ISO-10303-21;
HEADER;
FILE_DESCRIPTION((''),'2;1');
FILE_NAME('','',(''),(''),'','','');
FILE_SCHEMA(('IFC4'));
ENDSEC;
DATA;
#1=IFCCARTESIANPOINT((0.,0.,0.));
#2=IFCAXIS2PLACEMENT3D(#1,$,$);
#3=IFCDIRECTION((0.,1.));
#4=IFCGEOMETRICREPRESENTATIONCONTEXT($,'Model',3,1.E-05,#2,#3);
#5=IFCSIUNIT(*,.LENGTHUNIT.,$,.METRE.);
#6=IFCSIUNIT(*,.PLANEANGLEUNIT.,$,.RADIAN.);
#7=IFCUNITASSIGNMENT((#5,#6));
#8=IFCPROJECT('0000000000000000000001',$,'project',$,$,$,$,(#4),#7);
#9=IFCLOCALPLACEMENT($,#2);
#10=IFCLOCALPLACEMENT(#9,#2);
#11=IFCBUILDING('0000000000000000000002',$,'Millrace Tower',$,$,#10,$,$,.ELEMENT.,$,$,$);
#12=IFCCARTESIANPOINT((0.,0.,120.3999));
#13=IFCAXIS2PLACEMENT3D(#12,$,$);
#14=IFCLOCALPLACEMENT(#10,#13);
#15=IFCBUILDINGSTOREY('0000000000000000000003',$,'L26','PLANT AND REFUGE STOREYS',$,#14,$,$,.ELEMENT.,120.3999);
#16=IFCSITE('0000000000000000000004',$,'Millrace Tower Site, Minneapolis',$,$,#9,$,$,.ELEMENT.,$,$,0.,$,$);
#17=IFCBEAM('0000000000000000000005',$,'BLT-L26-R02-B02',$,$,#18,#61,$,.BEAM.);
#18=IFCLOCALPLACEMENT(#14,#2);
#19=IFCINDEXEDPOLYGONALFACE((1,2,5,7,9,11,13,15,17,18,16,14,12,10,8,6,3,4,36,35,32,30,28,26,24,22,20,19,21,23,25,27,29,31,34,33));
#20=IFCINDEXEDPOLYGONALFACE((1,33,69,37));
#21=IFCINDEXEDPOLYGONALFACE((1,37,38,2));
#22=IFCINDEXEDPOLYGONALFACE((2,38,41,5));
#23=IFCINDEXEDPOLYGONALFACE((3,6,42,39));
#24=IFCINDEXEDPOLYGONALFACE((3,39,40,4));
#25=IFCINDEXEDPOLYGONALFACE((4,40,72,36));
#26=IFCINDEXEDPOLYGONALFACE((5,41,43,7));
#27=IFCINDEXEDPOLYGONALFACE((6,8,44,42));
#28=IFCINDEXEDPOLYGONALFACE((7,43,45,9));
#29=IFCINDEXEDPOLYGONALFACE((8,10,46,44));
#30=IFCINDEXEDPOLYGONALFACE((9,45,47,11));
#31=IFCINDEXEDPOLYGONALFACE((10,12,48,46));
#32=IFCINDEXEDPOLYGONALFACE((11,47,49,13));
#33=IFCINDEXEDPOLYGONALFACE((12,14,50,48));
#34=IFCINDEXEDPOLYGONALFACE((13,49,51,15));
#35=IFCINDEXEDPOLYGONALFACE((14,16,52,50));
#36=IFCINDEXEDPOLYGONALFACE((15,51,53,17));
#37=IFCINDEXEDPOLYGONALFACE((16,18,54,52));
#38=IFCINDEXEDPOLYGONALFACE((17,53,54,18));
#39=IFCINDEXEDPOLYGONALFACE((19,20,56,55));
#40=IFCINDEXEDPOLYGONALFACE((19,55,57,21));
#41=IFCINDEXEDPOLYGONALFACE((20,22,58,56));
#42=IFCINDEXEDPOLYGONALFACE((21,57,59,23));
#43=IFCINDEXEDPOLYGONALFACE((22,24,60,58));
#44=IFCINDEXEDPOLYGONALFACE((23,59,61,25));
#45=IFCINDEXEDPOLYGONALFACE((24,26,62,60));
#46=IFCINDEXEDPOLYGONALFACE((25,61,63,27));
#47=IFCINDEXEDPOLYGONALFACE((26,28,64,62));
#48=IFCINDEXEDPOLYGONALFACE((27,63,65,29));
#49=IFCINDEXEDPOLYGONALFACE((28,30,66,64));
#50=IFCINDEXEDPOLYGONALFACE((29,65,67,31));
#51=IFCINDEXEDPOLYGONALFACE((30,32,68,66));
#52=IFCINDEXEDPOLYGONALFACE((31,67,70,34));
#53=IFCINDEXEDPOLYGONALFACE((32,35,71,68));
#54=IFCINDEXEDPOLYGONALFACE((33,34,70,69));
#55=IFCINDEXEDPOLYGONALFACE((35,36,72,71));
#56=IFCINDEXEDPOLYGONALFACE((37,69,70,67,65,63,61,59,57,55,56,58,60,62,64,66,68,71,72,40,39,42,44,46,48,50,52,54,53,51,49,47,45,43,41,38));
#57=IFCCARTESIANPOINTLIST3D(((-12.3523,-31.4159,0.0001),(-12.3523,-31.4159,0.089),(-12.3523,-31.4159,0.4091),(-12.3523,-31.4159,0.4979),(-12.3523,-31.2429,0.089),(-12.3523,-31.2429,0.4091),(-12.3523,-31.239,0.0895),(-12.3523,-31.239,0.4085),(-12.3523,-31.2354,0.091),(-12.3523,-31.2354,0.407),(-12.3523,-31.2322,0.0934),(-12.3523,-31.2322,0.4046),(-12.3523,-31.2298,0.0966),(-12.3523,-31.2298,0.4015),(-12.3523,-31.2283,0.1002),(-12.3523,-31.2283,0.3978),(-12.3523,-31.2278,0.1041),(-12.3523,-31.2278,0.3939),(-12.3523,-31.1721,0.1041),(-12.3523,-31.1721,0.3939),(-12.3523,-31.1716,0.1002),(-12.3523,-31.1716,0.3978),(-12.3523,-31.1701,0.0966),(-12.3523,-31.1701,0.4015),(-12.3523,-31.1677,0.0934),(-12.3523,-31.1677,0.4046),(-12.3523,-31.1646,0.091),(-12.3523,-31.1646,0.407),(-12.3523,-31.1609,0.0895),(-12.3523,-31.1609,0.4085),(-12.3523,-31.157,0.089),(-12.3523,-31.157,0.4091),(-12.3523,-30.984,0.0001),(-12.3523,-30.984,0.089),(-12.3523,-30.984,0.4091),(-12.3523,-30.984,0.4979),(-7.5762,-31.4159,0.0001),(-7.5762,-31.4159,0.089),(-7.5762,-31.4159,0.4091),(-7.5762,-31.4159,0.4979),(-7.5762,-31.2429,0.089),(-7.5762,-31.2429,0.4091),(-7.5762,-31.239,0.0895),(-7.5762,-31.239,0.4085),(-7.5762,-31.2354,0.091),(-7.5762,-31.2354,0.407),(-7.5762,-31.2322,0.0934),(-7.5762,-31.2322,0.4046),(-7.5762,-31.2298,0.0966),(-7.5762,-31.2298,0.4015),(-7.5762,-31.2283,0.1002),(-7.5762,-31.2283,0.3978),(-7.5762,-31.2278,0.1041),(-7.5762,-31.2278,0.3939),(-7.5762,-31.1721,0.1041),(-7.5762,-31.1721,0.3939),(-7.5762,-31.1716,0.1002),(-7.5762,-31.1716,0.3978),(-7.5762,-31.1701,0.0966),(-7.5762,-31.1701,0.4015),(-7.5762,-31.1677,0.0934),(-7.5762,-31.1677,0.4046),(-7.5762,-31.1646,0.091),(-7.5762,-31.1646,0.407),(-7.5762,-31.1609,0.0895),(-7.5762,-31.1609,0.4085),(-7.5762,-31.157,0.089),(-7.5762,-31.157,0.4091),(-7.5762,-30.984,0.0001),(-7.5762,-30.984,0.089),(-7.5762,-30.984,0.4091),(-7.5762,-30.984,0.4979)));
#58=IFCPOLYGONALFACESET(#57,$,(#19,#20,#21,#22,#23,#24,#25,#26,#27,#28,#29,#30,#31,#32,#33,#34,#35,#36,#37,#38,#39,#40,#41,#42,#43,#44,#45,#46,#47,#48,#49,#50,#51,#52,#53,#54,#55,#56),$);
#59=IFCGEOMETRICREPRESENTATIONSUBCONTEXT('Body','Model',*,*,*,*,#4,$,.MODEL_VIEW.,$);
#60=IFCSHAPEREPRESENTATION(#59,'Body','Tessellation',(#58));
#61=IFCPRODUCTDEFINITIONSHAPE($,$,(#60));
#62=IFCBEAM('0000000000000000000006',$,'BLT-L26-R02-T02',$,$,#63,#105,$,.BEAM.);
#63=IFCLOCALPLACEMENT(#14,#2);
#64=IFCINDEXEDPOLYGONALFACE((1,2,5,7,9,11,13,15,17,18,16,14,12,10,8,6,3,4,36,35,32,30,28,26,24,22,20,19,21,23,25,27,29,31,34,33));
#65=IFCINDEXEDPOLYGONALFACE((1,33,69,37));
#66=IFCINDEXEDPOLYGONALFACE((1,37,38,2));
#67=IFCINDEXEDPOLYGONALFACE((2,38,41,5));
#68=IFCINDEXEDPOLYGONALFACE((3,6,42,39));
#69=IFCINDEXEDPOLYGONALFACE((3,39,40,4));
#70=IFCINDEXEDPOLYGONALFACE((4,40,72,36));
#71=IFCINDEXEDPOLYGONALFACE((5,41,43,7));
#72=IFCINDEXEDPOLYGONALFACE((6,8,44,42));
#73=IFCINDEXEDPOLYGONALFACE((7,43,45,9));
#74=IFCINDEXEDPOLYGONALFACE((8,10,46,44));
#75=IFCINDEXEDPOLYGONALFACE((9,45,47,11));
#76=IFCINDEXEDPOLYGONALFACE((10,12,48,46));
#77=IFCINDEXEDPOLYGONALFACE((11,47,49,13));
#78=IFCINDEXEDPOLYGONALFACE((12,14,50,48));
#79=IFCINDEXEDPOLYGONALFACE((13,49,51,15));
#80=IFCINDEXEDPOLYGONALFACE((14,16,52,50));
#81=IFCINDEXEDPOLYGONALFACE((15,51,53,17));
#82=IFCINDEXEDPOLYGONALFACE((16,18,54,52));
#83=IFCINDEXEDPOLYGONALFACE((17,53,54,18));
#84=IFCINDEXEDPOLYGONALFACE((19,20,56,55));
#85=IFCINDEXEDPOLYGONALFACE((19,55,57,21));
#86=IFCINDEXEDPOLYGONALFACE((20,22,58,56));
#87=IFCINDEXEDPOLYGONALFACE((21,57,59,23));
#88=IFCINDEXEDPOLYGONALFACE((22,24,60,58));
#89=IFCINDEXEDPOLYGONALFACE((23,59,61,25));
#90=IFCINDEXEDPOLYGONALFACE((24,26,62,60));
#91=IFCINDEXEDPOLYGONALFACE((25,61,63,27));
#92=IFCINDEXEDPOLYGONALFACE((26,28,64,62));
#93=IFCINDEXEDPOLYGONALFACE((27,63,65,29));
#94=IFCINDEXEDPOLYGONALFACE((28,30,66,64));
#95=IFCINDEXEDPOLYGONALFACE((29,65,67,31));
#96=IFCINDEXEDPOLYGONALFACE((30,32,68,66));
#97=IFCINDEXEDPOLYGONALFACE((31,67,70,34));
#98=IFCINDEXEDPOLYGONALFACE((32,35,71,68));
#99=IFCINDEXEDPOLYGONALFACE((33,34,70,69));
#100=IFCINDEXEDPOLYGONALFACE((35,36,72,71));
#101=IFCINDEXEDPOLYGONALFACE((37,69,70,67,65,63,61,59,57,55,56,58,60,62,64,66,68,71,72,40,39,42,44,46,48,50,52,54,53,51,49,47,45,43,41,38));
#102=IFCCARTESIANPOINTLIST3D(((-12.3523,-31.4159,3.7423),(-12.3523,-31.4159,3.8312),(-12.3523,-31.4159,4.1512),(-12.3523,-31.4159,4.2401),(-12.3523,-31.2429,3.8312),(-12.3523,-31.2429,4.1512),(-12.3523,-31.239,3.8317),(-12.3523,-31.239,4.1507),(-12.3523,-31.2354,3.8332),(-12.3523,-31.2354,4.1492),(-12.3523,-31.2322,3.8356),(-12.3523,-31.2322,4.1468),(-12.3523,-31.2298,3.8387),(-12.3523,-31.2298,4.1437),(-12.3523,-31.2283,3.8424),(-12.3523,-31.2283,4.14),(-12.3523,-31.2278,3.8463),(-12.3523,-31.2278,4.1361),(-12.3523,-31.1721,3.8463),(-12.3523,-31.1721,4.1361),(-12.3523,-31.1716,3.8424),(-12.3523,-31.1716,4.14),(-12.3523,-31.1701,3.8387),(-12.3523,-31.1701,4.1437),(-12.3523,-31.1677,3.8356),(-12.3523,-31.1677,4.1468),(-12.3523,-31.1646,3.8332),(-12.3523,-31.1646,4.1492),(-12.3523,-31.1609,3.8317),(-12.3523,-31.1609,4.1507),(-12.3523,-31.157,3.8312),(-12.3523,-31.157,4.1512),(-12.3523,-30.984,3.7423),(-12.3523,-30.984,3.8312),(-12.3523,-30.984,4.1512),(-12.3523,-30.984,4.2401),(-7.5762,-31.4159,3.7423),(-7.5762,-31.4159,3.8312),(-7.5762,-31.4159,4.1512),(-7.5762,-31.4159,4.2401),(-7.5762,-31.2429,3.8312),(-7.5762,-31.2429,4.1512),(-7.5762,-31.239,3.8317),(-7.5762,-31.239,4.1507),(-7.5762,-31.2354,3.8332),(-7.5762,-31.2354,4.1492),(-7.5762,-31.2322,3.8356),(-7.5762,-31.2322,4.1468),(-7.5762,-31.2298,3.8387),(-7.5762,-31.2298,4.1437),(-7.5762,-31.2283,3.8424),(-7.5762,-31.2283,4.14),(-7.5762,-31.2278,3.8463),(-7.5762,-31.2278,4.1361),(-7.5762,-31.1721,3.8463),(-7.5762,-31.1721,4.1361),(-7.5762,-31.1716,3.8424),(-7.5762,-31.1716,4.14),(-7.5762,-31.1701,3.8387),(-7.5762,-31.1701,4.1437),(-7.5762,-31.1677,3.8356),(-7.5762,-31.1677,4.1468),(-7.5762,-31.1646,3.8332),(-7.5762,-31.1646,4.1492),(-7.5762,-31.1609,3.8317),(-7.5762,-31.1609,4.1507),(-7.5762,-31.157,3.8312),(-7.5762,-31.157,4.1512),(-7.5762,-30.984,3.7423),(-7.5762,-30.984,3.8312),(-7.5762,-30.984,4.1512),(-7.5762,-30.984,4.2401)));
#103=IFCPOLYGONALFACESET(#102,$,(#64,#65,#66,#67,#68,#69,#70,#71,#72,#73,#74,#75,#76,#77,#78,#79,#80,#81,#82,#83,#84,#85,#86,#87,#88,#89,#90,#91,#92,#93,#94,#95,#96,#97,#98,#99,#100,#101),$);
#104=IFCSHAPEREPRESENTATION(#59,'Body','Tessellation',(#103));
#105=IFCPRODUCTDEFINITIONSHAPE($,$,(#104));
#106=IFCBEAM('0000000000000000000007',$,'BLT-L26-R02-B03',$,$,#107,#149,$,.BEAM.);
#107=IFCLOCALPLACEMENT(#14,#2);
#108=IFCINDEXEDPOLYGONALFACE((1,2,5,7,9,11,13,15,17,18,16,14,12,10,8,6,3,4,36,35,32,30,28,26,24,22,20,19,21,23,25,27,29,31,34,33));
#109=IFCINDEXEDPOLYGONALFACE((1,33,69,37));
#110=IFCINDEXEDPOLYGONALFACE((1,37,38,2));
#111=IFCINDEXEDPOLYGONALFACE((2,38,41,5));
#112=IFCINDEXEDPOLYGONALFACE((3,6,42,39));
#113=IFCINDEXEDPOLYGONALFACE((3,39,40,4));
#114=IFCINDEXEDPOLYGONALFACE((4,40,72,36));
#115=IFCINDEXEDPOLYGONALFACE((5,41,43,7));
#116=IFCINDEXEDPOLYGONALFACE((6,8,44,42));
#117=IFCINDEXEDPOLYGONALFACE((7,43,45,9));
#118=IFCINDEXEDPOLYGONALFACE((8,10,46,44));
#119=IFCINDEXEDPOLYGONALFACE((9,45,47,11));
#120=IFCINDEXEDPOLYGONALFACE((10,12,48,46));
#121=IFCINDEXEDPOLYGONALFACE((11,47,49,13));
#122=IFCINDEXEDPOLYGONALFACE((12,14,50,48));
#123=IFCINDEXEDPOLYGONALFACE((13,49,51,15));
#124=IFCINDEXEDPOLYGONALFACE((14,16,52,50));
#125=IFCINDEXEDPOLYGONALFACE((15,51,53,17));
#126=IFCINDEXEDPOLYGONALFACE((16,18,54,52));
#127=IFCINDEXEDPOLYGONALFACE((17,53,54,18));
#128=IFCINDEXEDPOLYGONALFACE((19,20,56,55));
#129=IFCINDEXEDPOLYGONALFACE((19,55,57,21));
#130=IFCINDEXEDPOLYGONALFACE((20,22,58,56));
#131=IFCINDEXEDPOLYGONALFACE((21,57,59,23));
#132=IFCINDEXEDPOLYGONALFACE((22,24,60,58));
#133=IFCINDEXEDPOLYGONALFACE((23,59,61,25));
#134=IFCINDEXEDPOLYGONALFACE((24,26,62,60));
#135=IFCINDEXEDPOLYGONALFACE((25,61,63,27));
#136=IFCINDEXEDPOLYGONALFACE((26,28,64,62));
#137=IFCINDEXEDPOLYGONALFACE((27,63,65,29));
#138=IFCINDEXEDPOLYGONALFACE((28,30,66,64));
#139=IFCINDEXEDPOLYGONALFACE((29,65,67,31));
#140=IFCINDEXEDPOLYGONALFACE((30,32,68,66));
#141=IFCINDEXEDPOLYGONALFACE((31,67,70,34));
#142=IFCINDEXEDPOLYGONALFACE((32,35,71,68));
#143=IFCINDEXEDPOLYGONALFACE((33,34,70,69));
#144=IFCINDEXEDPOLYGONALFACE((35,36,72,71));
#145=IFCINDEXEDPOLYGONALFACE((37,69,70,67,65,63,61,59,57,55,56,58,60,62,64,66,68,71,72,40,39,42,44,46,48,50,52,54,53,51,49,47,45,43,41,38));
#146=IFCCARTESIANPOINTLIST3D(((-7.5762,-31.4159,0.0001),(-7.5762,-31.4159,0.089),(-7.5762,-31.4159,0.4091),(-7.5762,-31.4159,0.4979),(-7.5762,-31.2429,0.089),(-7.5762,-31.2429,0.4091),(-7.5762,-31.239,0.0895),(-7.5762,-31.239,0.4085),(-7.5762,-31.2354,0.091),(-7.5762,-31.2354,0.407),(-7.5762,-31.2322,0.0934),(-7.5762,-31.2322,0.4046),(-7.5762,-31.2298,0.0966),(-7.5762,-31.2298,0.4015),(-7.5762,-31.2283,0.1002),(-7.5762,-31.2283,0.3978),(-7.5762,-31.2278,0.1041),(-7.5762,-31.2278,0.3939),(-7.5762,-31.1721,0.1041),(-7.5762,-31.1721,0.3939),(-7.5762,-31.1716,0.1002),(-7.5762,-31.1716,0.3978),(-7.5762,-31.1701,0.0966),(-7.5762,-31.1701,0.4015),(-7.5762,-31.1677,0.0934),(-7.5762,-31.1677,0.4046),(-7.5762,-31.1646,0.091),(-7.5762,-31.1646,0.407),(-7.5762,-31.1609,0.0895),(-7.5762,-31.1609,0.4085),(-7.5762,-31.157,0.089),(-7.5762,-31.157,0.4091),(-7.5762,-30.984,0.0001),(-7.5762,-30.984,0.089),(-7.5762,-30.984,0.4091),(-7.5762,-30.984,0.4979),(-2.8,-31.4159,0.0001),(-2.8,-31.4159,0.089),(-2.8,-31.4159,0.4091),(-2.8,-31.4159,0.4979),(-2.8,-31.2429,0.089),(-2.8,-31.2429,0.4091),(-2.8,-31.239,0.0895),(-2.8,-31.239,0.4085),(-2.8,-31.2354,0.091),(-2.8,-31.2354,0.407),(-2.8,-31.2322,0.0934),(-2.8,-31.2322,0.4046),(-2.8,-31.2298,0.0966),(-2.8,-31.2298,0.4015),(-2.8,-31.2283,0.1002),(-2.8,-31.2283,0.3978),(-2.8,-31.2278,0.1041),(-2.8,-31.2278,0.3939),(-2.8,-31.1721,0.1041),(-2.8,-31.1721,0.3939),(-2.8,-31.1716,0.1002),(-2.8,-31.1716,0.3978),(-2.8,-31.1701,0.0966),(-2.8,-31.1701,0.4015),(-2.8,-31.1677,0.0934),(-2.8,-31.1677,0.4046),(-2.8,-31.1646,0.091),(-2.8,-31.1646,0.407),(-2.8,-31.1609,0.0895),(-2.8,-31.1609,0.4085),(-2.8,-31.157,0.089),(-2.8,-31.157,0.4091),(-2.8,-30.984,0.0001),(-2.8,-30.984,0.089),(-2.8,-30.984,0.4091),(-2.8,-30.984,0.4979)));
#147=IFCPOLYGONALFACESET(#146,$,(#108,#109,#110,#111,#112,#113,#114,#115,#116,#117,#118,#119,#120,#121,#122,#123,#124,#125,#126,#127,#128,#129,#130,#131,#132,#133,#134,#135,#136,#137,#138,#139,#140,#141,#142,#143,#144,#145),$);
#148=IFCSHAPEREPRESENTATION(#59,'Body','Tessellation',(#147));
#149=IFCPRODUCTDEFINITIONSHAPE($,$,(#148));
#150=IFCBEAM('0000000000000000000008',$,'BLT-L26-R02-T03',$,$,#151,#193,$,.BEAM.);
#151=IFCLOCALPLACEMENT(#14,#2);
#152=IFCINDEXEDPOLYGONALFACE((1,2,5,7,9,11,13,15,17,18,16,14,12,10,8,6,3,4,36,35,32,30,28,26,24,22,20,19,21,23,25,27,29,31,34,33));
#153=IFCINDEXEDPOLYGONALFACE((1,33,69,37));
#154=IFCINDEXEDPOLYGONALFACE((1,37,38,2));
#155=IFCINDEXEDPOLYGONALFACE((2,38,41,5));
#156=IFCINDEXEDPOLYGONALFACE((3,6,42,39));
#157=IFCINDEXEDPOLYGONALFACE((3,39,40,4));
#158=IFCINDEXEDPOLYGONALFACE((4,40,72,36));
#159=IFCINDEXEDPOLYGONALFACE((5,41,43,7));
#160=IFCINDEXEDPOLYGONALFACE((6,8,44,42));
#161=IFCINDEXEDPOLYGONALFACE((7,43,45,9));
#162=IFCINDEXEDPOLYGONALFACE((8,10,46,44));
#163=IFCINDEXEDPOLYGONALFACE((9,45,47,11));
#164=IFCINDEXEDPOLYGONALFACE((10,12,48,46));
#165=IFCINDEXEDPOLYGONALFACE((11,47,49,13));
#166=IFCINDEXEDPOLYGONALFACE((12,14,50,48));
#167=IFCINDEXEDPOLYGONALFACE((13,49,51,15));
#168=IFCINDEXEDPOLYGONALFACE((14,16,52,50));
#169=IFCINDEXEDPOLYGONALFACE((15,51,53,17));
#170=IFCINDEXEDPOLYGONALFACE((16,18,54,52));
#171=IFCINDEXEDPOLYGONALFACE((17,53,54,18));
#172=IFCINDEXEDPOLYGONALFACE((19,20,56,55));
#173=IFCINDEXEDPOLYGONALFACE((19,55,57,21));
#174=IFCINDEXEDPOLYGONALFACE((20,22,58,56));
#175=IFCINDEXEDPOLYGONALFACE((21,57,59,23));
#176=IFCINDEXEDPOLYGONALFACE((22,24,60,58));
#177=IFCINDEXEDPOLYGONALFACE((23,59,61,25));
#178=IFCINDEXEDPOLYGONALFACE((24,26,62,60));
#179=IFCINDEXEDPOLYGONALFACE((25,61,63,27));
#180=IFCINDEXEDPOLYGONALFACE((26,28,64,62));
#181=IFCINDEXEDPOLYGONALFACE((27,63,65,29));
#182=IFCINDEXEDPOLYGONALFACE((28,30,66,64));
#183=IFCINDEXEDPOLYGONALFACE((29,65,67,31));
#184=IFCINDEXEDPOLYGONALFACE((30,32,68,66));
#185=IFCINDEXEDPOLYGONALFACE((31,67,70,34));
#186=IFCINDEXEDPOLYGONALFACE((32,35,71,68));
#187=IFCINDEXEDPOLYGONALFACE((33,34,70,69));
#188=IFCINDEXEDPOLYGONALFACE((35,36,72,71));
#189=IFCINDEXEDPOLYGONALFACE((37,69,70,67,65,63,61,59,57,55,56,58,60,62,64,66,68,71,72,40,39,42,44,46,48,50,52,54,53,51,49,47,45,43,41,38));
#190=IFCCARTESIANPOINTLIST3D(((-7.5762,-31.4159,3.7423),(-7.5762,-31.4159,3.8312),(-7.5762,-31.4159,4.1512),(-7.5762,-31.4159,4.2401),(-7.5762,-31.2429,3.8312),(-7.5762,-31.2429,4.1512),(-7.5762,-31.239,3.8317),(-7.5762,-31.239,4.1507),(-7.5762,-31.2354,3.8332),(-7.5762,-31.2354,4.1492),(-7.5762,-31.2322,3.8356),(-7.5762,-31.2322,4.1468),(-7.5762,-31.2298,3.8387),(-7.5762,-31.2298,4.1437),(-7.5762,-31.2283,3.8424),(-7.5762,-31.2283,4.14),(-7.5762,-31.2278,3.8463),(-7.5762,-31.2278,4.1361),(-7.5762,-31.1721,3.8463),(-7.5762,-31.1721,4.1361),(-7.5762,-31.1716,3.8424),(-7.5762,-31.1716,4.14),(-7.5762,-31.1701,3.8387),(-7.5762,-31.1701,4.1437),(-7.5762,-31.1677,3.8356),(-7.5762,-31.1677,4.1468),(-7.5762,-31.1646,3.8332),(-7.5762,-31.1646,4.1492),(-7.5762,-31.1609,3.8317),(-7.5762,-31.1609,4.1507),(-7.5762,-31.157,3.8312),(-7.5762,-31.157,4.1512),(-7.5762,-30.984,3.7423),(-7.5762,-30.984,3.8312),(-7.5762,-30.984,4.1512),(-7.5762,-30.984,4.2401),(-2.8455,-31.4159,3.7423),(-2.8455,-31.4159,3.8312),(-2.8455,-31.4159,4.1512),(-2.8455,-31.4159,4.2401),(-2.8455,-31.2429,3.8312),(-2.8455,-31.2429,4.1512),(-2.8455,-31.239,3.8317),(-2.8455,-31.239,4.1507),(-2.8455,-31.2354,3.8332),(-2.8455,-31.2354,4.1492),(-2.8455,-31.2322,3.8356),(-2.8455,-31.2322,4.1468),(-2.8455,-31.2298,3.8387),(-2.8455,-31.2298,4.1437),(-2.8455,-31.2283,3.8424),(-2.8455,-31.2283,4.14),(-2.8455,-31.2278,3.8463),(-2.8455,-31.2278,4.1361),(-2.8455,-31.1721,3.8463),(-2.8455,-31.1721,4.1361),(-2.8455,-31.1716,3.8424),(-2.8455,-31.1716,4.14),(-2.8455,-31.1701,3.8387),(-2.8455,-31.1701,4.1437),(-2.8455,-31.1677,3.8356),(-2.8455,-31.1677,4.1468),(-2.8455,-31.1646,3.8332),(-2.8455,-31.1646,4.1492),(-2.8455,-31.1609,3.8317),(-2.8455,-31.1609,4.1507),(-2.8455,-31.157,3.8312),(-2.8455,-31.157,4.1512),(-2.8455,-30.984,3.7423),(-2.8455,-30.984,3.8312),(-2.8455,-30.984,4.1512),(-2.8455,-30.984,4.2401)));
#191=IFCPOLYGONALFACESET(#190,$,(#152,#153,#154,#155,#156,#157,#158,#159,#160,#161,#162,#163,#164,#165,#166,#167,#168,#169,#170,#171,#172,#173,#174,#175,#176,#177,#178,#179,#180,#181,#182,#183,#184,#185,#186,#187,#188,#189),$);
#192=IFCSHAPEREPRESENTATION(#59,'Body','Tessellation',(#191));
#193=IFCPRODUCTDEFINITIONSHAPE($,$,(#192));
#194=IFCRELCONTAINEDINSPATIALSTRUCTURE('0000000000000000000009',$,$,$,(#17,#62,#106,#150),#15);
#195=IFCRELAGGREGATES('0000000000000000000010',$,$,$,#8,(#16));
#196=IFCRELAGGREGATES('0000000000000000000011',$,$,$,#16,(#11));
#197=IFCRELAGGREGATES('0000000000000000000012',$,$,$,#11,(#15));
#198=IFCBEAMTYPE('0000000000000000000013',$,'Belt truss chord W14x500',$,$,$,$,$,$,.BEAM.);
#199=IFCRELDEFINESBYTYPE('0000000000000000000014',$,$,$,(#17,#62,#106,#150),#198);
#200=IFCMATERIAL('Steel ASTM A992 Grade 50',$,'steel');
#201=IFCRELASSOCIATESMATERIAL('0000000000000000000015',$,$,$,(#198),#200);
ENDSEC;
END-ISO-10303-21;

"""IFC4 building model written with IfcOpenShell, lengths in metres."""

from ifc_helpers import new_model, si_unit, direction, frame, origin, origin_2d, place, context, subcontext, project, spatial, i_section, extrude, material, material_profile, profile_set, type_object, element, save


model = new_model("IFC4")

# Units and contexts
model_context = context("Model", 3, precision=1e-05, world=origin(), true_north=direction((0.0, 1.0)))
body_context = subcontext(model_context, "Body", "Model", "MODEL_VIEW")
ifc_project = project(units=[si_unit("LENGTHUNIT", "METRE"), si_unit("PLANEANGLEUNIT", "RADIAN")], contexts=[model_context])

# Site, building, storey
site_placement = place(None, origin())
site = spatial("IfcSite", under=ifc_project, at=site_placement, Name="Millrace Tower Site, Minneapolis", CompositionType="ELEMENT", RefElevation=0.0)
building_placement = place(site_placement, origin())
building = spatial("IfcBuilding", under=site, at=building_placement, Name="Millrace Tower", CompositionType="ELEMENT")
storey_placement = place(building_placement, frame((0.0, 0.0, 120.3999)))
storey = spatial("IfcBuildingStorey", under=building, at=storey_placement, Name="L26", Description="PLANT AND REFUGE STOREYS", CompositionType="ELEMENT", Elevation=120.3999)

# Beams
ifc_material_1 = material(Name="Steel ASTM A992 Grade 50", Category="steel")
ifc_material_profile_1 = material_profile(ifc_material_1, i_section(OverallWidth=0.4319, OverallDepth=0.4978, WebThickness=0.0557, FlangeThickness=0.0889, FilletRadius=0.0151, at=origin_2d()))
ifc_profile_set_1 = profile_set([ifc_material_profile_1], Name="Steel ASTM A992 Grade 50")
beam_type_1 = type_object("IfcBeamType", Name="Belt truss chord W14x500", PredefinedType="BEAM", material=ifc_profile_set_1)
for number, where, z_axis, x_axis, name in (
    (1, (-12.3523, -31.2, 0.249), (1.0, 0.0, 0.0), (0.0, 1.0, 0.0), "BLT-L26-R02-B02"),
    (2, (-12.3523, -31.2, 3.9912), (1.0, 0.0, 0.0), (0.0, 1.0, 0.0), "BLT-L26-R02-T02"),
    (3, (-7.5762, -31.2, 0.249), (1.0, 0.0, 0.0), (0.0, 1.0, 0.0), "BLT-L26-R02-B03"),
):
    element("IfcBeam", number, at=place(storey_placement, frame(where, z_axis=z_axis, x_axis=x_axis)), inside=storey, type_object=beam_type_1, Name=name, PredefinedType="BEAM", context=body_context, shape_type="SweptSolid", body=[
        extrude(i_section(OverallWidth=0.4319, OverallDepth=0.4978, WebThickness=0.0557, FlangeThickness=0.0889, FilletRadius=0.0151, at=origin_2d()), origin(), (0.0, 0.0, 1.0), 4.7761),
    ])
beam_1_placement = place(storey_placement, frame((-7.5762, -31.2, 3.9912), z_axis=(1.0, 0.0, 0.0), x_axis=(0.0, 1.0, 0.0)))
element("IfcBeam", 4, at=beam_1_placement, inside=storey, type_object=beam_type_1, Name="BLT-L26-R02-T03", PredefinedType="BEAM", context=body_context, shape_type="SweptSolid", body=[
    extrude(i_section(OverallWidth=0.4319, OverallDepth=0.4978, WebThickness=0.0557, FlangeThickness=0.0889, FilletRadius=0.0151, at=origin_2d()), origin(), (0.0, 0.0, 1.0), 4.7307),
])

save(model, "model.ifc")
